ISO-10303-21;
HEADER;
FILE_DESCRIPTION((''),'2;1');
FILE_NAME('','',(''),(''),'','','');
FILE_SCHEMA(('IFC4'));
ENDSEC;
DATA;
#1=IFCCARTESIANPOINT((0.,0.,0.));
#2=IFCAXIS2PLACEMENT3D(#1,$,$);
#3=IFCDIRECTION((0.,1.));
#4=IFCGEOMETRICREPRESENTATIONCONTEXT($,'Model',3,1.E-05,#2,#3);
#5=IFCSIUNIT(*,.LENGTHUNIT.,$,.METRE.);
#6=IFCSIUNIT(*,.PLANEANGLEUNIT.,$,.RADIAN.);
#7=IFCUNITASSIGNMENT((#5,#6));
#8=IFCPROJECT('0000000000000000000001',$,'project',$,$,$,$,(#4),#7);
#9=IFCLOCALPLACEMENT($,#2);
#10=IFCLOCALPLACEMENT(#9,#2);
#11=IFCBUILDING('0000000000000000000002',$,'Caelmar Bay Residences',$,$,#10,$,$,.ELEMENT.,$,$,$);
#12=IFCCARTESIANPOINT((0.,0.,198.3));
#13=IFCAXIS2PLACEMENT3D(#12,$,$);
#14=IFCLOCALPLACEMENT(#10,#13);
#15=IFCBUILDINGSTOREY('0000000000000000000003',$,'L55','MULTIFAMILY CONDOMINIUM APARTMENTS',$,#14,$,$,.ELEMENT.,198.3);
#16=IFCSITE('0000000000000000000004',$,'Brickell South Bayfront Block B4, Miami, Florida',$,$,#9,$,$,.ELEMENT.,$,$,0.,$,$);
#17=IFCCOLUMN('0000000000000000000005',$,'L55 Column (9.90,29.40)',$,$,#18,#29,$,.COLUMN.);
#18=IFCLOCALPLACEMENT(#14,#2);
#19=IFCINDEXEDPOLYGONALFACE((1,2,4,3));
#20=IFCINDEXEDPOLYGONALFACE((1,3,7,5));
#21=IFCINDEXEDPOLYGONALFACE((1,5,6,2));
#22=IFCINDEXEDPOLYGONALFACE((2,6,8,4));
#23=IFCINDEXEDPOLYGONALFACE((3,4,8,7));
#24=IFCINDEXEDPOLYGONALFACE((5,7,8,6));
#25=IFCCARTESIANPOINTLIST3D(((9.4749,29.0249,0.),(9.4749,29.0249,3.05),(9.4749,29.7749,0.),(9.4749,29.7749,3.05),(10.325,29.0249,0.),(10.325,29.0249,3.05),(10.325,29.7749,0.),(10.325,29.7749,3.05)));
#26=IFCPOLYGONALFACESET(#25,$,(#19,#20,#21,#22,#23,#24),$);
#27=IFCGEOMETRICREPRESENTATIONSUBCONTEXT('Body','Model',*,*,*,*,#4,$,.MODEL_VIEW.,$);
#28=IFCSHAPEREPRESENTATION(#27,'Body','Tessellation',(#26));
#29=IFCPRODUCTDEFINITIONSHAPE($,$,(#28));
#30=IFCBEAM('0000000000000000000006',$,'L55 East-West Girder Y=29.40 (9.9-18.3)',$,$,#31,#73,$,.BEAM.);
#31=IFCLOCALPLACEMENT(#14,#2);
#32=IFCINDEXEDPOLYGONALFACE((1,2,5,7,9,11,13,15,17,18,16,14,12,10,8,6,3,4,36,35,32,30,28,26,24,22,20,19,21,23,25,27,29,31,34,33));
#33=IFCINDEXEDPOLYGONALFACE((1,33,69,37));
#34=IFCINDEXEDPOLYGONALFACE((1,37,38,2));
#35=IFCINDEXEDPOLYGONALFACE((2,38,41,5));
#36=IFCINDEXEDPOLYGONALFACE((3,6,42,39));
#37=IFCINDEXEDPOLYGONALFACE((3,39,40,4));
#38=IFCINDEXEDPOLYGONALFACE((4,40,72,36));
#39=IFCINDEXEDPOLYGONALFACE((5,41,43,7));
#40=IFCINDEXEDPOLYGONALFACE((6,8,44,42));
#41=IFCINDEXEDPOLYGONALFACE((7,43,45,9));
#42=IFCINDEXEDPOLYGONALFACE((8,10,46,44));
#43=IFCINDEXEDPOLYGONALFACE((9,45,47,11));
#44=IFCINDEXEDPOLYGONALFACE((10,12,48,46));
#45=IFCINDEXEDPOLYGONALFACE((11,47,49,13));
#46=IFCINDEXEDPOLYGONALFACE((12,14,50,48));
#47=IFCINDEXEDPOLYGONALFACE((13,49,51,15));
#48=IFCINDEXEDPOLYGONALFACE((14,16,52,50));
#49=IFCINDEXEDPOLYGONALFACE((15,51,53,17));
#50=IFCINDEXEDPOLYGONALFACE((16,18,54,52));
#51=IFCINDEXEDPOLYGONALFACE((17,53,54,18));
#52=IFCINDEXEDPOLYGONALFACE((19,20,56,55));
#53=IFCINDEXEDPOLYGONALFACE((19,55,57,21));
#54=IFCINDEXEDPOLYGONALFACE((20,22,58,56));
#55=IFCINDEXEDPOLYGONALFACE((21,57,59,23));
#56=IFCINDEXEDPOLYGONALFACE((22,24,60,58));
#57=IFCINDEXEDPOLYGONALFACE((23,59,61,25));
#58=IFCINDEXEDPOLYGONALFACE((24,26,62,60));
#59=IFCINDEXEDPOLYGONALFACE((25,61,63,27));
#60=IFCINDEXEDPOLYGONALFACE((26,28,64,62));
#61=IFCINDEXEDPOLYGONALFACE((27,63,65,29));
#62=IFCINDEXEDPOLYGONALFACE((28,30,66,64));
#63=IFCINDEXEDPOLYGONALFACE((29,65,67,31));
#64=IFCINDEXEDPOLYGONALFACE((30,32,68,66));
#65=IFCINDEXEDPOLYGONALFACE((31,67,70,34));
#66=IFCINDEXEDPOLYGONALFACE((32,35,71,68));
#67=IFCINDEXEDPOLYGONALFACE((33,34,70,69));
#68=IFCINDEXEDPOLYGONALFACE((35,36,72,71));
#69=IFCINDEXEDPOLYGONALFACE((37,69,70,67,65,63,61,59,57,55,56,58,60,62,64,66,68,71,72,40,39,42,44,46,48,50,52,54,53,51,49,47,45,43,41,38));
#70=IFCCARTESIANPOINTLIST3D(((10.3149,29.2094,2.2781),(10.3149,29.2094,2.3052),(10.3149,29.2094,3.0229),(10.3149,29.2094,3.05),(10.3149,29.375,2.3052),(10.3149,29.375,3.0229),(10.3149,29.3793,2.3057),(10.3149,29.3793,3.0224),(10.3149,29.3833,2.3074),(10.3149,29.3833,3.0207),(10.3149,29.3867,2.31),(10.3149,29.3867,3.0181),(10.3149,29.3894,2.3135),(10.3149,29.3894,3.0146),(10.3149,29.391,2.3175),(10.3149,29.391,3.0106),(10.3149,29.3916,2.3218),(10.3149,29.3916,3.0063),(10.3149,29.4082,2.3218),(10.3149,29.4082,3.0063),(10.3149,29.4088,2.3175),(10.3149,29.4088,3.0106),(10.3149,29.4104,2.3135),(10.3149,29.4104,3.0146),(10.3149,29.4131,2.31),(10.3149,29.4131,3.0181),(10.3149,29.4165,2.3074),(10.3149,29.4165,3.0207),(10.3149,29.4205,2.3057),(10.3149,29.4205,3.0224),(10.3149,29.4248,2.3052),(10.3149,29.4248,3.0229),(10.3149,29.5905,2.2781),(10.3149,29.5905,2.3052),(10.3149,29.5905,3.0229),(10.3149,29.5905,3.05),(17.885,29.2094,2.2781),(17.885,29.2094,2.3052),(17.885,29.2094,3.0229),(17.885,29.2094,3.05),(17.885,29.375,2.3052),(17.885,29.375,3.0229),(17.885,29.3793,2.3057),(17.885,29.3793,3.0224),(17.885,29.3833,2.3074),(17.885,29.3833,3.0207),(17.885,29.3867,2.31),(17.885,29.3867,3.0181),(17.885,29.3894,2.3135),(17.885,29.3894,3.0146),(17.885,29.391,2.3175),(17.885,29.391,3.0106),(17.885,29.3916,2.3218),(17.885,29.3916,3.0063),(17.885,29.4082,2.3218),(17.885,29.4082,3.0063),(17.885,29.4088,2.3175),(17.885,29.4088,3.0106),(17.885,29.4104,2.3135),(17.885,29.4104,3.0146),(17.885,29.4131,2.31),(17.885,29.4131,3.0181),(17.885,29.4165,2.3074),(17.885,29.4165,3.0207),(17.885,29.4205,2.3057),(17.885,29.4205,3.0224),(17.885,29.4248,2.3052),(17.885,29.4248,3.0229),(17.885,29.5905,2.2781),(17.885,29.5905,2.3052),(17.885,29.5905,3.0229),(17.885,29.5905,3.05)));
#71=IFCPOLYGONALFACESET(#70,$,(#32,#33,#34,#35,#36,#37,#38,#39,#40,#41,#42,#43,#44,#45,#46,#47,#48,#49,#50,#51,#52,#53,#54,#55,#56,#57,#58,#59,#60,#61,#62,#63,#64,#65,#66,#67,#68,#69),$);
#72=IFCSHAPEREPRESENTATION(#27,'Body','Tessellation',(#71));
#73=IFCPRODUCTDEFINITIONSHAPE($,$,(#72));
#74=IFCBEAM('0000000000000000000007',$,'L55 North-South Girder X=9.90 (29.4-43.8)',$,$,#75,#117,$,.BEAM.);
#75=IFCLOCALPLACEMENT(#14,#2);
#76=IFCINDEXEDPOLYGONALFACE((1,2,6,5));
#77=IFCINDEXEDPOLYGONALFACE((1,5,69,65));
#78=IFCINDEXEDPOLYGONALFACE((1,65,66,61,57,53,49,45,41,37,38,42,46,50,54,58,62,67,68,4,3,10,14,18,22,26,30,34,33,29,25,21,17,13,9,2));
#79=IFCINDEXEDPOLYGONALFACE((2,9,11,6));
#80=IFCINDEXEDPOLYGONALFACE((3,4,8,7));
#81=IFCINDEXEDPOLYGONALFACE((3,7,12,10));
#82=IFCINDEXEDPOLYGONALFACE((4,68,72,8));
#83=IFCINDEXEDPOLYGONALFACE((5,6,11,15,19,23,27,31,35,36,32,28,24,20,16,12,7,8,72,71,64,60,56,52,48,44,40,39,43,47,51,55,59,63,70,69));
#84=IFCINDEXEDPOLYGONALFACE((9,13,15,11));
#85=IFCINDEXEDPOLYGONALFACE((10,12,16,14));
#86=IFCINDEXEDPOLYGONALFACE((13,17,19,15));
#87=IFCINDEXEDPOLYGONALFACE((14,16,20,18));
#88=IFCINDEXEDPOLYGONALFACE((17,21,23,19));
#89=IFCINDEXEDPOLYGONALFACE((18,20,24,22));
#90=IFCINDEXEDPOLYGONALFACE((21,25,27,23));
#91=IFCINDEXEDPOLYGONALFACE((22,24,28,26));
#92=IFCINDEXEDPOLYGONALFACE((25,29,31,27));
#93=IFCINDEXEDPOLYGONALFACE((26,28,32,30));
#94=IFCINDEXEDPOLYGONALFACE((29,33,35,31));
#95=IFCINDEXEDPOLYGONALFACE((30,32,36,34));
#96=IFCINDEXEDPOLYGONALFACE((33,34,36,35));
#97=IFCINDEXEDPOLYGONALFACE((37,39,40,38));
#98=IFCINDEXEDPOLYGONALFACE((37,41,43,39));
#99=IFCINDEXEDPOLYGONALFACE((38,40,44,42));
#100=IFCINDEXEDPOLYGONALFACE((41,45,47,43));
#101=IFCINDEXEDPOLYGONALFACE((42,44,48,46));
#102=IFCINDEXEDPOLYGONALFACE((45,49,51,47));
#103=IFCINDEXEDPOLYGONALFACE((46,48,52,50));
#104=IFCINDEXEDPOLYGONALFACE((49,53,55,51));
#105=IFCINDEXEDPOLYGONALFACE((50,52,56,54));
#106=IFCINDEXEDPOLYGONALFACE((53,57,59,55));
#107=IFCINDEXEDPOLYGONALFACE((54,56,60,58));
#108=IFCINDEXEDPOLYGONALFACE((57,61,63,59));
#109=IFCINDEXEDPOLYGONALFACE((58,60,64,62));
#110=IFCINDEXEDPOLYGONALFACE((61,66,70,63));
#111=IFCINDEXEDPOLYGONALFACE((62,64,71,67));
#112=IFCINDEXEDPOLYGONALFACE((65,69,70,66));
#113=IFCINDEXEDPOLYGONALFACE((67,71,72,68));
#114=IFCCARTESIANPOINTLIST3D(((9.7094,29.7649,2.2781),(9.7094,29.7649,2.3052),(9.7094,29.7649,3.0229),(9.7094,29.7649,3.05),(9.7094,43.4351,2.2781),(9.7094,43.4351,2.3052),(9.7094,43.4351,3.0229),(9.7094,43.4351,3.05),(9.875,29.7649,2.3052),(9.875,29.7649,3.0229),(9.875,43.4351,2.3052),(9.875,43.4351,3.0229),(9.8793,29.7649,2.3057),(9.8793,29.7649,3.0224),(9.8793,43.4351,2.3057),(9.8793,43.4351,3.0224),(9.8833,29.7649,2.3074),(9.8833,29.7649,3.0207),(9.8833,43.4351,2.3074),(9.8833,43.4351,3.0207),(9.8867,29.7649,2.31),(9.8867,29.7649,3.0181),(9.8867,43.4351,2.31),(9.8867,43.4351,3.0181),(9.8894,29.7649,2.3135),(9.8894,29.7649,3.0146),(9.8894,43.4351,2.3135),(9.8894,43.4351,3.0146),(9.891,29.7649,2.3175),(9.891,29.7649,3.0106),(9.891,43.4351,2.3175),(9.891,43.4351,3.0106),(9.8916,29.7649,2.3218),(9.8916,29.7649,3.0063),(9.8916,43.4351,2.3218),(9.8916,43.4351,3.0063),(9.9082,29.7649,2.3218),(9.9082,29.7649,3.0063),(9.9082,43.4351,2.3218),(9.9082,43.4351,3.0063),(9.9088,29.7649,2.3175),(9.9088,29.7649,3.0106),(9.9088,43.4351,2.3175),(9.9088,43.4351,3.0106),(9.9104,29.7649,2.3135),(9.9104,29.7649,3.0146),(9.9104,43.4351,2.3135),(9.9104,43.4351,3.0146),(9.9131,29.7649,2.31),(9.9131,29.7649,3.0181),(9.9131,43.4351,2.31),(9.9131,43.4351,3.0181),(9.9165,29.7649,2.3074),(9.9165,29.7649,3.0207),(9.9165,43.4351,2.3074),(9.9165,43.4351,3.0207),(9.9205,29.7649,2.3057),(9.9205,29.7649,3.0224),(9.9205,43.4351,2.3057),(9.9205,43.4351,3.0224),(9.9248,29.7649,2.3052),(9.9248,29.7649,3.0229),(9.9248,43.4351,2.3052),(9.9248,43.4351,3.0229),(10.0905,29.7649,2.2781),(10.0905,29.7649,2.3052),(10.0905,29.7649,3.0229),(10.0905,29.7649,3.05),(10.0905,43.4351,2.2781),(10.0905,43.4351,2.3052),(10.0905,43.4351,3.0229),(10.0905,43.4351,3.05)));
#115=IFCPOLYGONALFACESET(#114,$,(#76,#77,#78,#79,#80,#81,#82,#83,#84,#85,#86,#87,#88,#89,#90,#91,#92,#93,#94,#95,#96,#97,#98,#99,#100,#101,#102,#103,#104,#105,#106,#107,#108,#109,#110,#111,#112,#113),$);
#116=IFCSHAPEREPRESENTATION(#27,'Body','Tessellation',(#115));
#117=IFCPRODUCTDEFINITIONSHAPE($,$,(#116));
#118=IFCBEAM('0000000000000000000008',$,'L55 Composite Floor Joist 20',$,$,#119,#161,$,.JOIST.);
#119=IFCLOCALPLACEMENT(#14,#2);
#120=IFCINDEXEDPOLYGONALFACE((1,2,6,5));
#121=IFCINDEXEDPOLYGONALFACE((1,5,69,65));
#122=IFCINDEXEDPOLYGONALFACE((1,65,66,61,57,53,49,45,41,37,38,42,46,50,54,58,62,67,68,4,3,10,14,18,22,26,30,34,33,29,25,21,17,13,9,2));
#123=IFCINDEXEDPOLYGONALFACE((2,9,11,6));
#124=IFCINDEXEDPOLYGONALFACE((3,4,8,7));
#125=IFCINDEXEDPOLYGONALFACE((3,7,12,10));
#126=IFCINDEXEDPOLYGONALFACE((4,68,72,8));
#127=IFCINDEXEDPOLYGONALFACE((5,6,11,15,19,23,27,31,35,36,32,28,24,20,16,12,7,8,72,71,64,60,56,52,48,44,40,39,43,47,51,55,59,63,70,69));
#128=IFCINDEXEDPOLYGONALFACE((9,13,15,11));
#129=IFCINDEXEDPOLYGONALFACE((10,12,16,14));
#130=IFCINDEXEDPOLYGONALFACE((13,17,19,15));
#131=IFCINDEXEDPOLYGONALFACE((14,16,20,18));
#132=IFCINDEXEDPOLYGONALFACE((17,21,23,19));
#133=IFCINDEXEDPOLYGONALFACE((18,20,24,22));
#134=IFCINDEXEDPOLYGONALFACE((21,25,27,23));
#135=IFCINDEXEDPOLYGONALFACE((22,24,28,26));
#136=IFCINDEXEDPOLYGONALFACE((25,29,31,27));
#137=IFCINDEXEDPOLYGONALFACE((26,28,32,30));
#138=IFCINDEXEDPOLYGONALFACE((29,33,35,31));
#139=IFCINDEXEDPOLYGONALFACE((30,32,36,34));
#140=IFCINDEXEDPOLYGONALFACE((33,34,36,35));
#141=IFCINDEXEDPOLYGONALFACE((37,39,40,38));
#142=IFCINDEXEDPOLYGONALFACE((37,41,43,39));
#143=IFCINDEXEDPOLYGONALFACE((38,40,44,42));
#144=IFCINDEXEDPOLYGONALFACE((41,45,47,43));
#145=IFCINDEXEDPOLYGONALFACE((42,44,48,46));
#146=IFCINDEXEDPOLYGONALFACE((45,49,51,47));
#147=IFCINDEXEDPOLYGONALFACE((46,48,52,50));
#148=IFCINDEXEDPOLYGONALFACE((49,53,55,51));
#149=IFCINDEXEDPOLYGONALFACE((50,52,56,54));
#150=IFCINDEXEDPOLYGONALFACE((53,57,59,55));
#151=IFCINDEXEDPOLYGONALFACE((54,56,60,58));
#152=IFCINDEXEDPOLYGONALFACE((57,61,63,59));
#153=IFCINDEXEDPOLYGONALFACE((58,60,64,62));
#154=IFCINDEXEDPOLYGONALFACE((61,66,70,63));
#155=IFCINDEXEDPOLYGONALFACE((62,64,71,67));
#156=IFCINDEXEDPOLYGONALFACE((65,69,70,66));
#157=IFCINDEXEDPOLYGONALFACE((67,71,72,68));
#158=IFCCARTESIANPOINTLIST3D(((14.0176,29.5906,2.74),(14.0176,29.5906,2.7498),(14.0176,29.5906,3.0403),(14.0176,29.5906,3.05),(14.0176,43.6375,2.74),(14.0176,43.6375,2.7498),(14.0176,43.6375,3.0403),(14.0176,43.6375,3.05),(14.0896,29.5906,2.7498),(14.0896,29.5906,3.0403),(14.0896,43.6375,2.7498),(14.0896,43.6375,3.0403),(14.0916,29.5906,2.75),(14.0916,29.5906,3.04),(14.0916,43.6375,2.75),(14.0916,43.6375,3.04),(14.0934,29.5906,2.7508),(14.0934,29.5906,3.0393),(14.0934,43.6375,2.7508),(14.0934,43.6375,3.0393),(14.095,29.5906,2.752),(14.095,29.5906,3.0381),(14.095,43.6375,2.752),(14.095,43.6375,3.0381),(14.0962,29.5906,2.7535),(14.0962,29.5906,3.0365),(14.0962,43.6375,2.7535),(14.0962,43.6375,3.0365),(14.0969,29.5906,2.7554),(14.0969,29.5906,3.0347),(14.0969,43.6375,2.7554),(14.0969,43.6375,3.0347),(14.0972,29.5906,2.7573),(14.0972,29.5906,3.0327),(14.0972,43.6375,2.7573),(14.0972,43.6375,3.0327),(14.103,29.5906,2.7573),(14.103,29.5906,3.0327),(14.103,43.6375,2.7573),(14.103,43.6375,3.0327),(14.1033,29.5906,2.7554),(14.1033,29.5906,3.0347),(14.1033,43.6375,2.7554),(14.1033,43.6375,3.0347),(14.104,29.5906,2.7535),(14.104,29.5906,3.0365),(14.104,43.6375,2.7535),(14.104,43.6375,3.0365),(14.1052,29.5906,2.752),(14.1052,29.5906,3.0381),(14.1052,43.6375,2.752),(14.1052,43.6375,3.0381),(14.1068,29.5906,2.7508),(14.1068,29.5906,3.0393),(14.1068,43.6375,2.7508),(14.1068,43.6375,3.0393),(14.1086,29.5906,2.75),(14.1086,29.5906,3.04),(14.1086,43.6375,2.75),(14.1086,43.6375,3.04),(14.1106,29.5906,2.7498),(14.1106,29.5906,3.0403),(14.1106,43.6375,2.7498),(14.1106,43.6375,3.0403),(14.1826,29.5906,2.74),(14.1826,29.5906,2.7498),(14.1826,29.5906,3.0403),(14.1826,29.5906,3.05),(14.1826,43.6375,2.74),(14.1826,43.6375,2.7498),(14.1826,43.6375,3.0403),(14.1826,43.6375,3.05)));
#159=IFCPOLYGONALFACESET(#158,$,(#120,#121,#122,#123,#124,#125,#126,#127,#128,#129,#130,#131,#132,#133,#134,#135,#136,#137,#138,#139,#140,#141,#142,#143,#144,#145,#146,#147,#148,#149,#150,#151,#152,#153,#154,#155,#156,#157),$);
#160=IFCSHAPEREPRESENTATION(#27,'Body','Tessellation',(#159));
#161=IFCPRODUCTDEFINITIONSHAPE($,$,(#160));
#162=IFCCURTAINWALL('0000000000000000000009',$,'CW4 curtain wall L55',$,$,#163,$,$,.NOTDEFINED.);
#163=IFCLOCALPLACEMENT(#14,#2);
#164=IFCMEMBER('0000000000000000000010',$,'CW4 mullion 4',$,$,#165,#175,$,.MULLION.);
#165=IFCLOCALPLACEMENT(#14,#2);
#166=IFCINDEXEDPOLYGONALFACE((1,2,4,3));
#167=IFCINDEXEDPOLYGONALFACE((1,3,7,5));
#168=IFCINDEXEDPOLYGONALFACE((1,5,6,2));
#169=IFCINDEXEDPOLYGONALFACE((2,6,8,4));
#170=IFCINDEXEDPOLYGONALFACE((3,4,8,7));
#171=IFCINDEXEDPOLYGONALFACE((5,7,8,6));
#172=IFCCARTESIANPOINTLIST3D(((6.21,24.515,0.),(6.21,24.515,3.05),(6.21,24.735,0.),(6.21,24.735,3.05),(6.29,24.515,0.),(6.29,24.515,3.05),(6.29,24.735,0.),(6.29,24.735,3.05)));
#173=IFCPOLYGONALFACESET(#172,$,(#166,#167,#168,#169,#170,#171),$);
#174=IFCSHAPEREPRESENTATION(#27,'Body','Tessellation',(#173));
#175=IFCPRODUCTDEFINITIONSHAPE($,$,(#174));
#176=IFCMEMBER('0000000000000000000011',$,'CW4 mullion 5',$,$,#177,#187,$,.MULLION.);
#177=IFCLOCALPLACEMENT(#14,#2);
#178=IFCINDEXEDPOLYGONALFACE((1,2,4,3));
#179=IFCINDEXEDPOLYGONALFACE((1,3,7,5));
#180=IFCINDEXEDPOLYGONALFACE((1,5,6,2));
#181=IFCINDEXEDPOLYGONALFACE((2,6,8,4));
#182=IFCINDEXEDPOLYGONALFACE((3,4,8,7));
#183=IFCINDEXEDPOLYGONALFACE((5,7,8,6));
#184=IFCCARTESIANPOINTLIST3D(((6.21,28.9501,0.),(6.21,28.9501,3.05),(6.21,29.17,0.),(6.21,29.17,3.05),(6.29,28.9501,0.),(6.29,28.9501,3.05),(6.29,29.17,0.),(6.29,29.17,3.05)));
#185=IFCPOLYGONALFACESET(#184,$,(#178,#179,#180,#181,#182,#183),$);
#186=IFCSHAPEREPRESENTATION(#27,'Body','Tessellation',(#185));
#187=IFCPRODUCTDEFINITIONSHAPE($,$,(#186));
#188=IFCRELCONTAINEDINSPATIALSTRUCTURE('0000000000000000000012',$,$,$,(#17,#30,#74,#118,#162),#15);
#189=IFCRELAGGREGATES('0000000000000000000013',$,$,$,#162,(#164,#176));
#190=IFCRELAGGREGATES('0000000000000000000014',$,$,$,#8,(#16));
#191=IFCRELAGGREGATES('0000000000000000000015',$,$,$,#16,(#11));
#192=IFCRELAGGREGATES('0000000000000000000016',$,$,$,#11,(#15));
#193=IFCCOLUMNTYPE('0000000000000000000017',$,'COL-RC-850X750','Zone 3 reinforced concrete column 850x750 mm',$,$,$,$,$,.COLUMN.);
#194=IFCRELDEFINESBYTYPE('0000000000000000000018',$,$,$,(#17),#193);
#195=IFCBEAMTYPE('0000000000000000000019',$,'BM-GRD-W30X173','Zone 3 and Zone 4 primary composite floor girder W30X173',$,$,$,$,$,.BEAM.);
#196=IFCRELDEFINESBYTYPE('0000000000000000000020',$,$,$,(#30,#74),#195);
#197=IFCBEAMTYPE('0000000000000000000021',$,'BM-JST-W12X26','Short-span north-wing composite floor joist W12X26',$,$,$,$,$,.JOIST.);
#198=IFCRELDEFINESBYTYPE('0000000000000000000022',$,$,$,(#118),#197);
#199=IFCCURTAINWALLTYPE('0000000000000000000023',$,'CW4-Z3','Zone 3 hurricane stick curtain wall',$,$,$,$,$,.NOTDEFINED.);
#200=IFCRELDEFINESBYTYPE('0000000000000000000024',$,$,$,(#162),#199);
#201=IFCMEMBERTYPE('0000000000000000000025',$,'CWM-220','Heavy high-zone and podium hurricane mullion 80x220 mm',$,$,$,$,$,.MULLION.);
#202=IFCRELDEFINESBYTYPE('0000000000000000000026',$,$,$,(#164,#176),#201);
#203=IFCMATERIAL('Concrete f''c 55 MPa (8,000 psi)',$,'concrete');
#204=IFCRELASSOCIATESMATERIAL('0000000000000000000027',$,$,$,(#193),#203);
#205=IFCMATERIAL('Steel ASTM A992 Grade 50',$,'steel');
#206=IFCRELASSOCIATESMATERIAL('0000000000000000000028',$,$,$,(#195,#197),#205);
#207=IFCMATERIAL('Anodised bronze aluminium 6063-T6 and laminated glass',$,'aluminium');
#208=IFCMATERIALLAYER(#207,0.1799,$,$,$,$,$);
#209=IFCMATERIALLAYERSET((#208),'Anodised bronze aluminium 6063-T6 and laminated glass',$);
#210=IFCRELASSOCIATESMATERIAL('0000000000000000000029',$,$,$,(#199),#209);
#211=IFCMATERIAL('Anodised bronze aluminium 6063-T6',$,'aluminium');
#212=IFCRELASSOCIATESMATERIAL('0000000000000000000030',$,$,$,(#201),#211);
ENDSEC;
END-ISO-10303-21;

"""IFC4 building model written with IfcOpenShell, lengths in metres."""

from ifc_helpers import new_model, si_unit, direction, frame, origin, origin_2d, place, context, subcontext, project, spatial, rectangle, i_section, extrude, material, layer, layer_set, material_profile, profile_set, type_object, element, aggregate, save


model = new_model("IFC4")

# Units and contexts
model_context = context("Model", 3, precision=1e-05, world=origin(), true_north=direction((0.0, 1.0)))
body_context = subcontext(model_context, "Body", "Model", "MODEL_VIEW")
ifc_project = project(units=[si_unit("LENGTHUNIT", "METRE"), si_unit("PLANEANGLEUNIT", "RADIAN")], contexts=[model_context])

# Site, building, storey
site_placement = place(None, origin())
site = spatial("IfcSite", under=ifc_project, at=site_placement, Name="Brickell South Bayfront Block B4, Miami, Florida", CompositionType="ELEMENT", RefElevation=0.0)
building_placement = place(site_placement, origin())
building = spatial("IfcBuilding", under=site, at=building_placement, Name="Caelmar Bay Residences", CompositionType="ELEMENT")
storey_placement = place(building_placement, frame((0.0, 0.0, 198.3)))
storey = spatial("IfcBuildingStorey", under=building, at=storey_placement, Name="L55", Description="MULTIFAMILY CONDOMINIUM APARTMENTS", CompositionType="ELEMENT", Elevation=198.3)

# Column
ifc_material_1 = material(Name="Concrete f'c 55 MPa (8,000 psi)", Category="concrete")
ifc_material_profile_1 = material_profile(ifc_material_1, rectangle(XDim=0.8501, YDim=0.75, at=origin_2d()), Name="RC-COL-850X750")
ifc_profile_set_1 = profile_set([ifc_material_profile_1], Name="Concrete f'c 55 MPa (8,000 psi)")
column_type = type_object("IfcColumnType", Name="COL-RC-850X750", Description="Zone 3 reinforced concrete column 850x750 mm", PredefinedType="COLUMN", material=ifc_profile_set_1)
column_placement = place(storey_placement, frame((9.8999, 29.3999, 0.0), z_axis=(0.0, 0.0, 1.0), x_axis=(1.0, 0.0, 0.0)))
element("IfcColumn", 1, at=column_placement, inside=storey, type_object=column_type, Name="L55 Column (9.90,29.40)", PredefinedType="COLUMN", context=body_context, shape_type="SweptSolid", body=[
    extrude(rectangle(XDim=0.8501, YDim=0.75, at=origin_2d()), origin(), (0.0, 0.0, 1.0), 3.05),
])

# Beams
ifc_material_2 = material(Name="Steel ASTM A992 Grade 50", Category="steel")
ifc_material_profile_2 = material_profile(ifc_material_2, i_section(OverallWidth=0.3811, OverallDepth=0.772, WebThickness=0.0166, FlangeThickness=0.0271, FilletRadius=0.0166, at=origin_2d()), Name="W30X173")
ifc_profile_set_2 = profile_set([ifc_material_profile_2], Name="Steel ASTM A992 Grade 50")
beam_type_1 = type_object("IfcBeamType", Name="BM-GRD-W30X173", Description="Zone 3 and Zone 4 primary composite floor girder W30X173", PredefinedType="BEAM", material=ifc_profile_set_2)
beam_1_placement = place(storey_placement, frame((10.3149, 29.3999, 2.6641), z_axis=(1.0, 0.0, 0.0), x_axis=(0.0, 1.0, 0.0)))
element("IfcBeam", 2, at=beam_1_placement, inside=storey, type_object=beam_type_1, Name="L55 East-West Girder Y=29.40 (9.9-18.3)", PredefinedType="BEAM", context=body_context, shape_type="SweptSolid", body=[
    extrude(i_section(OverallWidth=0.3811, OverallDepth=0.772, WebThickness=0.0166, FlangeThickness=0.0271, FilletRadius=0.0166, at=origin_2d()), origin(), (0.0, 0.0, 1.0), 7.5701),
])
beam_2_placement = place(storey_placement, frame((9.8999, 29.7649, 2.6641), z_axis=(0.0, 1.0, 0.0), x_axis=(-1.0, 0.0, 0.0)))
element("IfcBeam", 3, at=beam_2_placement, inside=storey, type_object=beam_type_1, Name="L55 North-South Girder X=9.90 (29.4-43.8)", PredefinedType="BEAM", context=body_context, shape_type="SweptSolid", body=[
    extrude(i_section(OverallWidth=0.3811, OverallDepth=0.772, WebThickness=0.0166, FlangeThickness=0.0271, FilletRadius=0.0166, at=origin_2d()), origin(), (0.0, 0.0, 1.0), 13.6702),
])
ifc_material_profile_3 = material_profile(ifc_material_2, i_section(OverallWidth=0.165, OverallDepth=0.3101, WebThickness=0.0059, FlangeThickness=0.0098, FilletRadius=0.0076, at=origin_2d()), Name="W12X26")
ifc_profile_set_3 = profile_set([ifc_material_profile_3], Name="Steel ASTM A992 Grade 50")
beam_type_2 = type_object("IfcBeamType", Name="BM-JST-W12X26", Description="Short-span north-wing composite floor joist W12X26", PredefinedType="JOIST", material=ifc_profile_set_3)
beam_3_placement = place(storey_placement, frame((14.1001, 29.5906, 2.895), z_axis=(0.0, 1.0, 0.0), x_axis=(-1.0, 0.0, 0.0)))
element("IfcBeam", 4, at=beam_3_placement, inside=storey, type_object=beam_type_2, Name="L55 Composite Floor Joist 20", PredefinedType="JOIST", context=body_context, shape_type="SweptSolid", body=[
    extrude(i_section(OverallWidth=0.165, OverallDepth=0.3101, WebThickness=0.0059, FlangeThickness=0.0098, FilletRadius=0.0076, at=origin_2d()), origin(), (0.0, 0.0, 1.0), 14.0469),
])

# Curtain wall, members
ifc_material_3 = material(Name="Anodised bronze aluminium 6063-T6 and laminated glass", Category="aluminium")
ifc_layer_1 = layer(ifc_material_3, 0.1799)
ifc_layer_set_1 = layer_set([ifc_layer_1], Name="Anodised bronze aluminium 6063-T6 and laminated glass")
curtain_wall_type = type_object("IfcCurtainWallType", Name="CW4-Z3", Description="Zone 3 hurricane stick curtain wall", PredefinedType="NOTDEFINED", material=ifc_layer_set_1)
curtain_wall_placement = place(storey_placement, origin())
curtain_wall = element("IfcCurtainWall", 5, at=curtain_wall_placement, inside=storey, type_object=curtain_wall_type, Name="CW4 curtain wall L55", PredefinedType="NOTDEFINED")
ifc_material_4 = material(Name="Anodised bronze aluminium 6063-T6", Category="aluminium")
ifc_material_profile_4 = material_profile(ifc_material_4, rectangle(XDim=0.0801, YDim=0.22, at=origin_2d()), Name="CWM-80X220")
ifc_profile_set_4 = profile_set([ifc_material_profile_4], Name="Anodised bronze aluminium 6063-T6")
member_type_1 = type_object("IfcMemberType", Name="CWM-220", Description="Heavy high-zone and podium hurricane mullion 80x220 mm", PredefinedType="MULLION", material=ifc_profile_set_4)
member_1_placement = place(storey_placement, frame((6.25, 24.625, 0.0), z_axis=(0.0, 0.0, 1.0), x_axis=(-1.0, 0.0, 0.0)))
member_1 = element("IfcMember", 6, at=member_1_placement, type_object=member_type_1, Name="CW4 mullion 4", PredefinedType="MULLION", context=body_context, shape_type="SweptSolid", body=[
    extrude(rectangle(XDim=0.0801, YDim=0.22, at=origin_2d()), origin(), (0.0, 0.0, 1.0), 3.05),
])
member_2_placement = place(storey_placement, frame((6.25, 29.0601, 0.0), z_axis=(0.0, 0.0, 1.0), x_axis=(-1.0, 0.0, 0.0)))
member_2 = element("IfcMember", 7, at=member_2_placement, type_object=member_type_1, Name="CW4 mullion 5", PredefinedType="MULLION", context=body_context, shape_type="SweptSolid", body=[
    extrude(rectangle(XDim=0.0801, YDim=0.22, at=origin_2d()), origin(), (0.0, 0.0, 1.0), 3.05),
])
aggregate(curtain_wall, [member_1, member_2])

save(model, "model.ifc")
